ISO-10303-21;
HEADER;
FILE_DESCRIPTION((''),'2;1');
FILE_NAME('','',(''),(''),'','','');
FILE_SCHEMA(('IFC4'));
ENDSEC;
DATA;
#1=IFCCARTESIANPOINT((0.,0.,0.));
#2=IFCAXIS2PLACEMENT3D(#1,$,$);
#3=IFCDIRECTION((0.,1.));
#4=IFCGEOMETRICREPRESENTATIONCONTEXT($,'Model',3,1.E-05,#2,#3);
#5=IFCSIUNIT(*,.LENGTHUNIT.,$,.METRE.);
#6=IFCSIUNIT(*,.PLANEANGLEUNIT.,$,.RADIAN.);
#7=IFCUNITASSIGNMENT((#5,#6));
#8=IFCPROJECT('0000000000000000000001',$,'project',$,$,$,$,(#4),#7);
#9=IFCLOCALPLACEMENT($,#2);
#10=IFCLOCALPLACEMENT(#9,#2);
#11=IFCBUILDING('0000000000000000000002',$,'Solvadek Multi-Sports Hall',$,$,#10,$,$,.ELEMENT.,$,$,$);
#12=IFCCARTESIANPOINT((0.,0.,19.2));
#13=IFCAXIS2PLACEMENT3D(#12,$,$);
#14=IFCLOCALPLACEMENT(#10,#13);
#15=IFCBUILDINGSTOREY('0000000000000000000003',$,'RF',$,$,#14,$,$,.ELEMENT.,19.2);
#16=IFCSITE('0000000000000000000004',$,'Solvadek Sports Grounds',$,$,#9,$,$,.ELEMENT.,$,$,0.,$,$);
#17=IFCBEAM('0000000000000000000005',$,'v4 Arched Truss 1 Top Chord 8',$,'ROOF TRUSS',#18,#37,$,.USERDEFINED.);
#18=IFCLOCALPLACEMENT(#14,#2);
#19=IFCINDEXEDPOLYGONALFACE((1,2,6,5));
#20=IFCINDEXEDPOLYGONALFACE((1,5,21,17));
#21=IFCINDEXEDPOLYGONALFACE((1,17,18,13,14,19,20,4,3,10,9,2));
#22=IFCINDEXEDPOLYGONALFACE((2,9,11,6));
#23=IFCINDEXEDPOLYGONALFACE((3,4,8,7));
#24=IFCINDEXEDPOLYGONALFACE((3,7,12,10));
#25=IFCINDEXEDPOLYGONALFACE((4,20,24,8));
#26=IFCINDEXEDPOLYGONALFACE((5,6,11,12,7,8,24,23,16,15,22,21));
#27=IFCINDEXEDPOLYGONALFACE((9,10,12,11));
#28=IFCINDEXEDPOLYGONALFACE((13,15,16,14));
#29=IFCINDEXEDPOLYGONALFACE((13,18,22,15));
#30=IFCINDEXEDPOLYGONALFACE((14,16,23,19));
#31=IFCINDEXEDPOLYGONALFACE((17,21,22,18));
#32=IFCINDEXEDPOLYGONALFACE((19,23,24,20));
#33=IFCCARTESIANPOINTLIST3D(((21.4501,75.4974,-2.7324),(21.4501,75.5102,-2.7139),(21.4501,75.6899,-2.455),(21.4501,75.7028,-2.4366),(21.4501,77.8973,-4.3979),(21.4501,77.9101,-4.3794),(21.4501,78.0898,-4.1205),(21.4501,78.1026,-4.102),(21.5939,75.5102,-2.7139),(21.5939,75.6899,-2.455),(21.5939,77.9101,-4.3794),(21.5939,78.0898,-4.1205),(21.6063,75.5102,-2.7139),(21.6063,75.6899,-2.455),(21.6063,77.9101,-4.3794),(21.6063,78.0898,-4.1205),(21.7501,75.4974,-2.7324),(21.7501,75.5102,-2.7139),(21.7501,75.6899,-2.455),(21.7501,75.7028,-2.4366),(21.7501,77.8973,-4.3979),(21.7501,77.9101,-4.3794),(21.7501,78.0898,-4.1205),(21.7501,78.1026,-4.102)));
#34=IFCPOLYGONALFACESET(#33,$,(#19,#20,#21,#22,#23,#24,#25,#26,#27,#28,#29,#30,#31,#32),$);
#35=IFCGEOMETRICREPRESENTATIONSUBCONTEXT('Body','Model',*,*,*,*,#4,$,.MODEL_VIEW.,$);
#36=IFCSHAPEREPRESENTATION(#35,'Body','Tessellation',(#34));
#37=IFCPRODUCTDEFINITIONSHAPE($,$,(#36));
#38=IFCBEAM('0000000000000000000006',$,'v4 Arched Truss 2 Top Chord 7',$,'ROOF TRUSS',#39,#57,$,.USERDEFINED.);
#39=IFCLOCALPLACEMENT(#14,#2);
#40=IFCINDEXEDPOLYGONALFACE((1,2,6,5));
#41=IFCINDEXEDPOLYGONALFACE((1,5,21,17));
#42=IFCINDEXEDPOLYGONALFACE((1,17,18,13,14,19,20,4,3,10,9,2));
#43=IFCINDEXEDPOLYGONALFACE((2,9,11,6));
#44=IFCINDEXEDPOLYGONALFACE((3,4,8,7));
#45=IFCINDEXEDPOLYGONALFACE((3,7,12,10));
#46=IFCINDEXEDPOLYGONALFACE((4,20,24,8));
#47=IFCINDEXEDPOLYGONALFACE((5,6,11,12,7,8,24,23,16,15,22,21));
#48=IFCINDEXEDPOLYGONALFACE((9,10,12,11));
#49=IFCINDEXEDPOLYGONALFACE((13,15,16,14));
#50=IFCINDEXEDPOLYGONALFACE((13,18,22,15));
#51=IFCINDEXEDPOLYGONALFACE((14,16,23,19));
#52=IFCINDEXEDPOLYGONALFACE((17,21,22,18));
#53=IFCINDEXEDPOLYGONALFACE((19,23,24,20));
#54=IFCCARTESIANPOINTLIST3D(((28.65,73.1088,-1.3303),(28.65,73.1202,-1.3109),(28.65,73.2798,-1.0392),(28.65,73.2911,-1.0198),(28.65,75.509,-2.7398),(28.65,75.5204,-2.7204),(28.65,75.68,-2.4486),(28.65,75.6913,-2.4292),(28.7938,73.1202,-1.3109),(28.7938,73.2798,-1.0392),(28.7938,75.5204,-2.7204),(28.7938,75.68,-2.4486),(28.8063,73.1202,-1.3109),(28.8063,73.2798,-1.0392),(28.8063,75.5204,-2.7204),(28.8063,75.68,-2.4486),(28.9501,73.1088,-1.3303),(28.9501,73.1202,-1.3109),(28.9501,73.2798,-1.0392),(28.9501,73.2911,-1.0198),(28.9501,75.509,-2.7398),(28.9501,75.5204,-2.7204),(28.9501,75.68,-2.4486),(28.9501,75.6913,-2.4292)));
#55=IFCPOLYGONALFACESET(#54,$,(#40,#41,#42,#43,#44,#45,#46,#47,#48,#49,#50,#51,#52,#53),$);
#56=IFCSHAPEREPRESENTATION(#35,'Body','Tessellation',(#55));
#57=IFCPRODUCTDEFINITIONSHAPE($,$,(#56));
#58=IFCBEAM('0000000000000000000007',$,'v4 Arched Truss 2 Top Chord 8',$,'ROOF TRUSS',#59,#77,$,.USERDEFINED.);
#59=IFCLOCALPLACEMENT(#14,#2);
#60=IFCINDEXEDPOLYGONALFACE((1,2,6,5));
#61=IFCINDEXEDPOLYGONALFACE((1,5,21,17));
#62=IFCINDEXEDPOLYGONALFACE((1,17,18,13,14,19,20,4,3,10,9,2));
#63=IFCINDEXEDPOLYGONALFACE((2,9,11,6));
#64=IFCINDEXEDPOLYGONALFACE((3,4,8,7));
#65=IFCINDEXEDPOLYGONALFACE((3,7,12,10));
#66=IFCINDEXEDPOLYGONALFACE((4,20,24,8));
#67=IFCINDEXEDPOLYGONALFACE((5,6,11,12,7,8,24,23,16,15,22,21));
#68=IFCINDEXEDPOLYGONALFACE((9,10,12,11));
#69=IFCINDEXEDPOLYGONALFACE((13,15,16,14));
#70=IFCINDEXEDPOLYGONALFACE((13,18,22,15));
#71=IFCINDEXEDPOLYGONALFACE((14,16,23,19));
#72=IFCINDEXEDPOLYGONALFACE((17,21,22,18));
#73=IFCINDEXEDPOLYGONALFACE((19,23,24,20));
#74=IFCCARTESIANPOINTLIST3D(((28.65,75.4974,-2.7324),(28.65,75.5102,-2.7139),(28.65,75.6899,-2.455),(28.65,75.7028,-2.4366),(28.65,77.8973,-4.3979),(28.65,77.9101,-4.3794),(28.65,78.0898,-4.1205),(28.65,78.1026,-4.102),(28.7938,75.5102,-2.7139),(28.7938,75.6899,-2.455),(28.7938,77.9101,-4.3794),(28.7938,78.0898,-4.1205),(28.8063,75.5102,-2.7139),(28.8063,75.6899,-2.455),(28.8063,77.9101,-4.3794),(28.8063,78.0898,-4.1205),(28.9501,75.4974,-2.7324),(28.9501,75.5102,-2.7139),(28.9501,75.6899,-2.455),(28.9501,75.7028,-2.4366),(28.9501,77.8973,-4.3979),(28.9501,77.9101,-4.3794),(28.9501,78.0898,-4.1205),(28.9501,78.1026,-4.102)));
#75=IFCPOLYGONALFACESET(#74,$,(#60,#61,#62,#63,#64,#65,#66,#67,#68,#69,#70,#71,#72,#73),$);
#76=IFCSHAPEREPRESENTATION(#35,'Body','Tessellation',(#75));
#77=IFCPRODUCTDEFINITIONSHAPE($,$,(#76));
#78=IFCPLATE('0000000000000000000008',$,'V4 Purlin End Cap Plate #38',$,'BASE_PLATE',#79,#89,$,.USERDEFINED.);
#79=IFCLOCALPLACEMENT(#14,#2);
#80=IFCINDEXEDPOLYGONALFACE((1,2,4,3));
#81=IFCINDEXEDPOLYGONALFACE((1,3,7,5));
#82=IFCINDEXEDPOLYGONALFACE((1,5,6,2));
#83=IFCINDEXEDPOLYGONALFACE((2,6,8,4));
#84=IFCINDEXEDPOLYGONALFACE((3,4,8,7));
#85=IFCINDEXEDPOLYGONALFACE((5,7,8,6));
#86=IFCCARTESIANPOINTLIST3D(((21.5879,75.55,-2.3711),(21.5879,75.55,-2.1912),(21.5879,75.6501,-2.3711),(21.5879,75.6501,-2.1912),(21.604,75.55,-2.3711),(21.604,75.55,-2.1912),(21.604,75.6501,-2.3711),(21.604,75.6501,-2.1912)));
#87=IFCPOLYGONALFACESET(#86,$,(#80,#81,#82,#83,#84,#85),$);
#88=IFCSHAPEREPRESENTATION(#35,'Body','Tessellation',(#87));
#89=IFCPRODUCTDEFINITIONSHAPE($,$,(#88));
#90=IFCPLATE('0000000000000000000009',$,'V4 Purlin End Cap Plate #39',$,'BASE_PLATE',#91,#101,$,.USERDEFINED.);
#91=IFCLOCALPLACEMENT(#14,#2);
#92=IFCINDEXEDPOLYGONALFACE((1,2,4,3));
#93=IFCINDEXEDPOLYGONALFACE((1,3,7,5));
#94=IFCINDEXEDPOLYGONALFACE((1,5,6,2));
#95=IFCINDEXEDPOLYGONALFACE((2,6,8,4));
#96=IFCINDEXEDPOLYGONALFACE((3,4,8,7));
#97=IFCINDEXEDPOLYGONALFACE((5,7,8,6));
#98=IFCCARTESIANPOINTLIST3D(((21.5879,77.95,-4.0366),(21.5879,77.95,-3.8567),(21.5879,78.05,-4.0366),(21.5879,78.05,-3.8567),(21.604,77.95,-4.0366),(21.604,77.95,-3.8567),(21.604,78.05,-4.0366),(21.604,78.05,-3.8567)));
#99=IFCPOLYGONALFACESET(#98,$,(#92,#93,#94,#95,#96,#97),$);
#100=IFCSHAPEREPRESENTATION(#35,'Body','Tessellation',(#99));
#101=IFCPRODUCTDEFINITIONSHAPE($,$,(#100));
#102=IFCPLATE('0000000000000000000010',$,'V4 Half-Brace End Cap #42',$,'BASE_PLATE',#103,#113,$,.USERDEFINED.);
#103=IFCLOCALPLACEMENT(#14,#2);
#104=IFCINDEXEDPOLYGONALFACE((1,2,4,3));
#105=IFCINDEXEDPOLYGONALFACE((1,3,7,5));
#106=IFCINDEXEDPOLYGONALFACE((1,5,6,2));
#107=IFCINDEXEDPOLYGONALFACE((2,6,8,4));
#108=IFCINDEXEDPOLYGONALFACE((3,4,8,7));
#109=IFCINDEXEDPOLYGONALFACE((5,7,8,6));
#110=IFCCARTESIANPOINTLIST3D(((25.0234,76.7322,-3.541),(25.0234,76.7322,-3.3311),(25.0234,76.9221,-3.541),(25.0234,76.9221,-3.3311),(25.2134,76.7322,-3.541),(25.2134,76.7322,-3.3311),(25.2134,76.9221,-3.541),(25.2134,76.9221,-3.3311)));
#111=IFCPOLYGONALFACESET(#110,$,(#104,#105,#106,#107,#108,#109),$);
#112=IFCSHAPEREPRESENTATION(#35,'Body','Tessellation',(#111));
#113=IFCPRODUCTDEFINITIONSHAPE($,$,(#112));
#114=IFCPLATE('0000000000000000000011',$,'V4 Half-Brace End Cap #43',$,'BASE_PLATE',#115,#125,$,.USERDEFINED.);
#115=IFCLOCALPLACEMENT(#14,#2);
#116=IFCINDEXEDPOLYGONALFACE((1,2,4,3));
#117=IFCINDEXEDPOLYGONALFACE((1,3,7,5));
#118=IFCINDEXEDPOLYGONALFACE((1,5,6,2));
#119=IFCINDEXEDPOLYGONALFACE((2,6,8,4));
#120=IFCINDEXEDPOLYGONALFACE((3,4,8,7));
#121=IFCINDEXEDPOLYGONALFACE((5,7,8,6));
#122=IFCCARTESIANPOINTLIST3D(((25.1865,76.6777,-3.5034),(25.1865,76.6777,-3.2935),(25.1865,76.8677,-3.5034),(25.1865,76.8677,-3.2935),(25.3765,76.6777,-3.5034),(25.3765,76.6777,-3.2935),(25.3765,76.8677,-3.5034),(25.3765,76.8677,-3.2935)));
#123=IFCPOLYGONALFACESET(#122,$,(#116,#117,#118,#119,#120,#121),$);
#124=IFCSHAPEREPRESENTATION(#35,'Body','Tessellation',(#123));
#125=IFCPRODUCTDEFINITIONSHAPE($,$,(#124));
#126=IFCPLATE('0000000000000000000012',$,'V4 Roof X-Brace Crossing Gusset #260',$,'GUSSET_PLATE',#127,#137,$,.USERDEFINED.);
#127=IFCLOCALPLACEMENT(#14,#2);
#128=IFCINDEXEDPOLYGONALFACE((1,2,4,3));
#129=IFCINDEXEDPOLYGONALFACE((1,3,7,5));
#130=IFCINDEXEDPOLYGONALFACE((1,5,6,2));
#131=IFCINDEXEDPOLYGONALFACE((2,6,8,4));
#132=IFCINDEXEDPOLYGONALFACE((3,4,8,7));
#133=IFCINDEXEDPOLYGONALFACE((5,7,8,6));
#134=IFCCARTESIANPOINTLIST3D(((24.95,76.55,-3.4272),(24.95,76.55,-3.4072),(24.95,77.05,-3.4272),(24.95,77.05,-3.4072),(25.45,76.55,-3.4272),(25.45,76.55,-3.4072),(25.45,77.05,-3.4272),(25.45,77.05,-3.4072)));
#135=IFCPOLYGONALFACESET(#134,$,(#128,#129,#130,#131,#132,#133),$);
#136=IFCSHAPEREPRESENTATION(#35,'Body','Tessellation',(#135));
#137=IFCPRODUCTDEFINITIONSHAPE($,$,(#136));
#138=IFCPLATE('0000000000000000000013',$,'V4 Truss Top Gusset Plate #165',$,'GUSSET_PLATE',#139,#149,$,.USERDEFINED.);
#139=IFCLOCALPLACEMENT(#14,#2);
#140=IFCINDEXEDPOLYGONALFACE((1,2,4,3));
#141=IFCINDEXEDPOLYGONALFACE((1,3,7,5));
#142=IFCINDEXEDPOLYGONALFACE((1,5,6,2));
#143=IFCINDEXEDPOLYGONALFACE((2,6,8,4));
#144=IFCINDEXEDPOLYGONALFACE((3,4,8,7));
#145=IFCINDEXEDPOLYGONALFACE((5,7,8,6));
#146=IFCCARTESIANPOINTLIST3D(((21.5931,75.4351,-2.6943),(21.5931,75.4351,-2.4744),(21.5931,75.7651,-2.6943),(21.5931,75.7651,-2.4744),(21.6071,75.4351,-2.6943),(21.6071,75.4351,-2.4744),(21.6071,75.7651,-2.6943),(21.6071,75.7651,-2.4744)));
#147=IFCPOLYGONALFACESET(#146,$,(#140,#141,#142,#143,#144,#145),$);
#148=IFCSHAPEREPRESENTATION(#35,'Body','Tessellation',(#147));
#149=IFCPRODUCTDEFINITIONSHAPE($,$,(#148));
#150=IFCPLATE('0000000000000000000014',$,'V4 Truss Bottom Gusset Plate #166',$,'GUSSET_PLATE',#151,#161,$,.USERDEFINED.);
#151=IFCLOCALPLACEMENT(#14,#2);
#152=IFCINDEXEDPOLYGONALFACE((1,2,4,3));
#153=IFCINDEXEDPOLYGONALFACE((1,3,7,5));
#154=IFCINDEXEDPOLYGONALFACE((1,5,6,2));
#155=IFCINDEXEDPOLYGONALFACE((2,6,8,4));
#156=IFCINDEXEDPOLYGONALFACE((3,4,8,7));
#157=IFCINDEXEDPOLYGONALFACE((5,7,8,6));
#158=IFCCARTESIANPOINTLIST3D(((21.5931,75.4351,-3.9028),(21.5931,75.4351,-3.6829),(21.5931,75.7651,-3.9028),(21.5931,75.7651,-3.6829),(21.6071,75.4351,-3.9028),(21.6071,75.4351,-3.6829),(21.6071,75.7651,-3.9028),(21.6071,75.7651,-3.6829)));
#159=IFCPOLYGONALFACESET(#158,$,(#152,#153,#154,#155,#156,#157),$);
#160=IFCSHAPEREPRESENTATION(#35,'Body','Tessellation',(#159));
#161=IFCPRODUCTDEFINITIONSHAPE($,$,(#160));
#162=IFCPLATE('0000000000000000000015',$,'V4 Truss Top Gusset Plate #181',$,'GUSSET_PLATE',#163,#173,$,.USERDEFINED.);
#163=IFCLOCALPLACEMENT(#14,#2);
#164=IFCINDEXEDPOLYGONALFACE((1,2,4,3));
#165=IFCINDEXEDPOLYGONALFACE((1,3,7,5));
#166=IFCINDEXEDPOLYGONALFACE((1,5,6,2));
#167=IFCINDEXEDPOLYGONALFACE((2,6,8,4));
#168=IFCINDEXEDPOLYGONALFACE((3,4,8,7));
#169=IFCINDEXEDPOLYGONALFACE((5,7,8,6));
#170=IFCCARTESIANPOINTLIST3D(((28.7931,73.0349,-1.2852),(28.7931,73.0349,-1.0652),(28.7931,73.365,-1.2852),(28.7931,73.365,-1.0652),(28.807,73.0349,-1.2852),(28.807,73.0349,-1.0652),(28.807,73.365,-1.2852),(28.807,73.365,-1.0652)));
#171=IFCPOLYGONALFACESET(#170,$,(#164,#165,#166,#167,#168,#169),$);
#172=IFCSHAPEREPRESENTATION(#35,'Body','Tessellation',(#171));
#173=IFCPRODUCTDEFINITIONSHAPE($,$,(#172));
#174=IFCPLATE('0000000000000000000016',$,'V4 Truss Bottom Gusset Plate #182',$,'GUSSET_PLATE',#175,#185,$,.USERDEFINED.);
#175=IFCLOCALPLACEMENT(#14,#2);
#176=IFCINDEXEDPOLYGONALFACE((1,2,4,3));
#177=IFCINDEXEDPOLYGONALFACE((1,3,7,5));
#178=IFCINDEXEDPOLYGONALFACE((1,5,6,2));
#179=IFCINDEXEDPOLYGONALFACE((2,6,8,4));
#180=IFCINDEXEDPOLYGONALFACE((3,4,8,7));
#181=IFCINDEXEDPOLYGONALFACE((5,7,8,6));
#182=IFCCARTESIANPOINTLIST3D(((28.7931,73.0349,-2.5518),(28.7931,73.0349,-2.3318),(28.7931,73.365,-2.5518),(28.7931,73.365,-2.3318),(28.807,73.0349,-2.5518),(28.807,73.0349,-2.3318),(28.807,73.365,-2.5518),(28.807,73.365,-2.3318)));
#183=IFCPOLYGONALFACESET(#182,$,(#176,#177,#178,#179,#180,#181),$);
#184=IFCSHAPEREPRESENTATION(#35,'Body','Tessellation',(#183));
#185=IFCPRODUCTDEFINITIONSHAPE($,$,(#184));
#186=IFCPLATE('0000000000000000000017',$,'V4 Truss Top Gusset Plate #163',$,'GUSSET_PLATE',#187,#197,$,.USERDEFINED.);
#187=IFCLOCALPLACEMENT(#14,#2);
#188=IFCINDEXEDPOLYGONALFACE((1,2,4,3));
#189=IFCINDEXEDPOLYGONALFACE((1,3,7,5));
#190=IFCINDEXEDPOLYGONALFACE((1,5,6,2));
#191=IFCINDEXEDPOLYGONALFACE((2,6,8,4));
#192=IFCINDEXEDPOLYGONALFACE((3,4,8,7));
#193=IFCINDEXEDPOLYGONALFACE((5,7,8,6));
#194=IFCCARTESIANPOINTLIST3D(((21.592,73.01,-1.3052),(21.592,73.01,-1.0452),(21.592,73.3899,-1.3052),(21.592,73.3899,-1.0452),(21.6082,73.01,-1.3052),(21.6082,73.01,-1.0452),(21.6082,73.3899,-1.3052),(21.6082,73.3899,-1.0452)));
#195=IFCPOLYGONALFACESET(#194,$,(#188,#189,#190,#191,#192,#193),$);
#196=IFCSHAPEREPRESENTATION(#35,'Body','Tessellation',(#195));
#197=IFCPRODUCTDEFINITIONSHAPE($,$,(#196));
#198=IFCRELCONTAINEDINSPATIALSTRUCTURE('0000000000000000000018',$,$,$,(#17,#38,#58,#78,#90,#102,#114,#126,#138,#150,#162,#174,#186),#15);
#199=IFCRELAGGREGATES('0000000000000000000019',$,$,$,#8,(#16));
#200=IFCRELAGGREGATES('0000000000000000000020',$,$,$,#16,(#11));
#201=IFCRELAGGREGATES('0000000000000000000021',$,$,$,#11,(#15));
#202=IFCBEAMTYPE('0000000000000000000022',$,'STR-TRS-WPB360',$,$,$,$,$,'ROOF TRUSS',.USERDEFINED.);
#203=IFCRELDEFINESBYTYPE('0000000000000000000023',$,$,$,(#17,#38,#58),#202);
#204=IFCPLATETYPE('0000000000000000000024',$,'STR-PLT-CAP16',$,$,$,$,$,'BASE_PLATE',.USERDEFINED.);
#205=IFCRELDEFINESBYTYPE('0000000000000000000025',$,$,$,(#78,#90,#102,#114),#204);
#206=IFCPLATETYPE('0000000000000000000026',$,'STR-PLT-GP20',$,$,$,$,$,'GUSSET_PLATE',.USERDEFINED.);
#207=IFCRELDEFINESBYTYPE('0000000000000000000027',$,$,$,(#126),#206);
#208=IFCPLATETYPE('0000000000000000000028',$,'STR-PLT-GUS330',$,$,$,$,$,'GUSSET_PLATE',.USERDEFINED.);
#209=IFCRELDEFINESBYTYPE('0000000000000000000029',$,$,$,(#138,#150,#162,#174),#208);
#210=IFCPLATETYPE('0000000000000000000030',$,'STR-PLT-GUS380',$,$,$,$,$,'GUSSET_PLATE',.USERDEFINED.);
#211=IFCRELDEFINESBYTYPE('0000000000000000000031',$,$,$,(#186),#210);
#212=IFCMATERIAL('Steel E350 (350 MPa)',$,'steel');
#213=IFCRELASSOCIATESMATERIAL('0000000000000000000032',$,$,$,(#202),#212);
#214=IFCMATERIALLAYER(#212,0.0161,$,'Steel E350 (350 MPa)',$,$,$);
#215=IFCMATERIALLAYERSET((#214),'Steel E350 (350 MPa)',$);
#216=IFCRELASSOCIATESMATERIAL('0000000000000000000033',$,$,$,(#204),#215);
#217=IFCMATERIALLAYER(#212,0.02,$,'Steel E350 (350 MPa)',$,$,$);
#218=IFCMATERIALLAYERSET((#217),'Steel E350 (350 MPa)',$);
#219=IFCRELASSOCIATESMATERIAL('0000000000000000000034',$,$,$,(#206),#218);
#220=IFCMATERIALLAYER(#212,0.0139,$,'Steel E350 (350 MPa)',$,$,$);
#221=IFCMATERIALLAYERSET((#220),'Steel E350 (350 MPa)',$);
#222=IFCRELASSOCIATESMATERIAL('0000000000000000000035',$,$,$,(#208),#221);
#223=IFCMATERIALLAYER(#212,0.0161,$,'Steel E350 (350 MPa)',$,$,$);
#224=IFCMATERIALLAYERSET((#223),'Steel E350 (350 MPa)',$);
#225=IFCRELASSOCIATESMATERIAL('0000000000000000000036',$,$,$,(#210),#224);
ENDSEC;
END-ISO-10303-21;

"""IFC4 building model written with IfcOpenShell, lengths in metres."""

from ifc_helpers import new_model, si_unit, direction, frame, origin, origin_2d, place, context, subcontext, project, spatial, rectangle, i_section, extrude, material, layer, layer_set, material_profile, profile_set, type_object, element, save


model = new_model("IFC4")

# Units and contexts
model_context = context("Model", 3, precision=1e-05, world=origin(), true_north=direction((0.0, 1.0)))
body_context = subcontext(model_context, "Body", "Model", "MODEL_VIEW")
ifc_project = project(units=[si_unit("LENGTHUNIT", "METRE"), si_unit("PLANEANGLEUNIT", "RADIAN")], contexts=[model_context])

# Site, building, storey
site_placement = place(None, origin())
site = spatial("IfcSite", under=ifc_project, at=site_placement, Name="Solvadek Sports Grounds", CompositionType="ELEMENT", RefElevation=0.0)
building_placement = place(site_placement, origin())
building = spatial("IfcBuilding", under=site, at=building_placement, Name="Solvadek Multi-Sports Hall", CompositionType="ELEMENT")
storey_placement = place(building_placement, frame((0.0, 0.0, 19.2)))
storey = spatial("IfcBuildingStorey", under=building, at=storey_placement, Name="RF", CompositionType="ELEMENT", Elevation=19.2)

# Shared definitions
ifc_material_1 = material(Name="Steel E350 (350 MPa)", Category="steel")

# Beams
ifc_material_profile_1 = material_profile(ifc_material_1, i_section(OverallWidth=0.3, OverallDepth=0.3601, WebThickness=0.0125, FlangeThickness=0.0225, at=origin_2d()), Name="WPB 360")
ifc_profile_set_1 = profile_set([ifc_material_profile_1], Name="Steel E350 (350 MPa)")
beam_type = type_object("IfcBeamType", Name="STR-TRS-WPB360", ElementType="ROOF TRUSS", PredefinedType="USERDEFINED", material=ifc_profile_set_1)
beam_1_placement = place(storey_placement, frame((21.6001, 75.6001, -2.5845), z_axis=(0.0, 0.821542, -0.570148), x_axis=(-1.0, 0.0, 0.0)))
element("IfcBeam", 1, at=beam_1_placement, inside=storey, type_object=beam_type, Name="v4 Arched Truss 1 Top Chord 8", ObjectType="ROOF TRUSS", PredefinedType="USERDEFINED", context=body_context, shape_type="SweptSolid", body=[
    extrude(i_section(OverallWidth=0.3, OverallDepth=0.3601, WebThickness=0.0125, FlangeThickness=0.0225, at=origin_2d()), origin(), (0.0, 0.0, 1.0), 2.9211),
])
beam_2_placement = place(storey_placement, frame((28.8, 73.2, -1.175), z_axis=(0.0, 0.862315, -0.506372), x_axis=(-1.0, 0.0, 0.0)))
element("IfcBeam", 2, at=beam_2_placement, inside=storey, type_object=beam_type, Name="v4 Arched Truss 2 Top Chord 7", ObjectType="ROOF TRUSS", PredefinedType="USERDEFINED", context=body_context, shape_type="SweptSolid", body=[
    extrude(i_section(OverallWidth=0.3, OverallDepth=0.3601, WebThickness=0.0125, FlangeThickness=0.0225, at=origin_2d()), origin(), (0.0, 0.0, 1.0), 2.7834),
])
beam_3_placement = place(storey_placement, frame((28.8, 75.6001, -2.5845), z_axis=(0.0, 0.821542, -0.570148), x_axis=(-1.0, 0.0, 0.0)))
element("IfcBeam", 3, at=beam_3_placement, inside=storey, type_object=beam_type, Name="v4 Arched Truss 2 Top Chord 8", ObjectType="ROOF TRUSS", PredefinedType="USERDEFINED", context=body_context, shape_type="SweptSolid", body=[
    extrude(i_section(OverallWidth=0.3, OverallDepth=0.3601, WebThickness=0.0125, FlangeThickness=0.0225, at=origin_2d()), origin(), (0.0, 0.0, 1.0), 2.9211),
])

# Plates
ifc_layer_1 = layer(ifc_material_1, 0.0161, Name="Steel E350 (350 MPa)")
ifc_layer_set_1 = layer_set([ifc_layer_1], Name="Steel E350 (350 MPa)")
plate_type_1 = type_object("IfcPlateType", Name="STR-PLT-CAP16", ElementType="BASE_PLATE", PredefinedType="USERDEFINED", material=ifc_layer_set_1)
for number, where, z_axis, x_axis, name in (
    (4, (21.5959, 75.6001, -2.3711), (0.0, 0.0, 1.0), (1.0, 0.0, 0.0), "V4 Purlin End Cap Plate #38"),
    (5, (21.5959, 78.0, -4.0366), (0.0, 0.0, 1.0), (1.0, 0.0, 0.0), "V4 Purlin End Cap Plate #39"),
):
    element("IfcPlate", number, at=place(storey_placement, frame(where, z_axis=z_axis, x_axis=x_axis)), inside=storey, type_object=plate_type_1, Name=name, ObjectType="BASE_PLATE", PredefinedType="USERDEFINED", context=body_context, shape_type="SweptSolid", body=[
        extrude(rectangle(XDim=0.0161, YDim=0.1001, at=origin_2d()), origin(), (0.0, 0.0, 1.0), 0.1799),
    ])
for number, where, z_axis, x_axis, name in (
    (6, (25.1184, 76.8271, -3.541), (0.0, 0.0, 1.0), (1.0, 0.0, 0.0), "V4 Half-Brace End Cap #42"),
    (7, (25.2815, 76.7727, -3.5034), (0.0, 0.0, 1.0), (1.0, 0.0, 0.0), "V4 Half-Brace End Cap #43"),
):
    element("IfcPlate", number, at=place(storey_placement, frame(where, z_axis=z_axis, x_axis=x_axis)), inside=storey, type_object=plate_type_1, Name=name, ObjectType="BASE_PLATE", PredefinedType="USERDEFINED", context=body_context, shape_type="SweptSolid", body=[
        extrude(rectangle(XDim=0.1899, YDim=0.1899, at=origin_2d()), origin(), (0.0, 0.0, 1.0), 0.21),
    ])
ifc_layer_2 = layer(ifc_material_1, 0.02, Name="Steel E350 (350 MPa)")
ifc_layer_set_2 = layer_set([ifc_layer_2], Name="Steel E350 (350 MPa)")
plate_type_2 = type_object("IfcPlateType", Name="STR-PLT-GP20", ElementType="GUSSET_PLATE", PredefinedType="USERDEFINED", material=ifc_layer_set_2)
plate_placement = place(storey_placement, frame((25.2, 76.8, -3.4272), z_axis=(0.0, 0.0, 1.0), x_axis=(1.0, 0.0, 0.0)))
element("IfcPlate", 8, at=plate_placement, inside=storey, type_object=plate_type_2, Name="V4 Roof X-Brace Crossing Gusset #260", ObjectType="GUSSET_PLATE", PredefinedType="USERDEFINED", context=body_context, shape_type="SweptSolid", body=[
    extrude(rectangle(XDim=0.5, YDim=0.5, at=origin_2d()), origin(), (0.0, 0.0, 1.0), 0.02),
])
ifc_layer_3 = layer(ifc_material_1, 0.0139, Name="Steel E350 (350 MPa)")
ifc_layer_set_3 = layer_set([ifc_layer_3], Name="Steel E350 (350 MPa)")
plate_type_3 = type_object("IfcPlateType", Name="STR-PLT-GUS330", ElementType="GUSSET_PLATE", PredefinedType="USERDEFINED", material=ifc_layer_set_3)
for number, where, z_axis, x_axis, name in (
    (9, (21.6001, 75.6001, -2.6943), (0.0, 0.0, 1.0), (0.0, 1.0, 0.0), "V4 Truss Top Gusset Plate #165"),
    (10, (21.6001, 75.6001, -3.9028), (0.0, 0.0, 1.0), (0.0, 1.0, 0.0), "V4 Truss Bottom Gusset Plate #166"),
    (11, (28.8, 73.2, -1.2852), (0.0, 0.0, 1.0), (0.0, 1.0, 0.0), "V4 Truss Top Gusset Plate #181"),
    (12, (28.8, 73.2, -2.5518), (0.0, 0.0, 1.0), (0.0, 1.0, 0.0), "V4 Truss Bottom Gusset Plate #182"),
):
    element("IfcPlate", number, at=place(storey_placement, frame(where, z_axis=z_axis, x_axis=x_axis)), inside=storey, type_object=plate_type_3, Name=name, ObjectType="GUSSET_PLATE", PredefinedType="USERDEFINED", context=body_context, shape_type="SweptSolid", body=[
        extrude(rectangle(XDim=0.3301, YDim=0.0139, at=origin_2d()), origin(), (0.0, 0.0, 1.0), 0.22),
    ])
ifc_layer_4 = layer(ifc_material_1, 0.0161, Name="Steel E350 (350 MPa)")
ifc_layer_set_4 = layer_set([ifc_layer_4], Name="Steel E350 (350 MPa)")
plate_type_4 = type_object("IfcPlateType", Name="STR-PLT-GUS380", ElementType="GUSSET_PLATE", PredefinedType="USERDEFINED", material=ifc_layer_set_4)
for number, where, z_axis, x_axis, name in (
    (13, (21.6001, 73.2, -1.3052), (0.0, 0.0, 1.0), (0.0, 1.0, 0.0), "V4 Truss Top Gusset Plate #163"),
):
    element("IfcPlate", number, at=place(storey_placement, frame(where, z_axis=z_axis, x_axis=x_axis)), inside=storey, type_object=plate_type_4, Name=name, ObjectType="GUSSET_PLATE", PredefinedType="USERDEFINED", context=body_context, shape_type="SweptSolid", body=[
        extrude(rectangle(XDim=0.3799, YDim=0.0161, at=origin_2d()), origin(), (0.0, 0.0, 1.0), 0.26),
    ])

save(model, "model.ifc")
